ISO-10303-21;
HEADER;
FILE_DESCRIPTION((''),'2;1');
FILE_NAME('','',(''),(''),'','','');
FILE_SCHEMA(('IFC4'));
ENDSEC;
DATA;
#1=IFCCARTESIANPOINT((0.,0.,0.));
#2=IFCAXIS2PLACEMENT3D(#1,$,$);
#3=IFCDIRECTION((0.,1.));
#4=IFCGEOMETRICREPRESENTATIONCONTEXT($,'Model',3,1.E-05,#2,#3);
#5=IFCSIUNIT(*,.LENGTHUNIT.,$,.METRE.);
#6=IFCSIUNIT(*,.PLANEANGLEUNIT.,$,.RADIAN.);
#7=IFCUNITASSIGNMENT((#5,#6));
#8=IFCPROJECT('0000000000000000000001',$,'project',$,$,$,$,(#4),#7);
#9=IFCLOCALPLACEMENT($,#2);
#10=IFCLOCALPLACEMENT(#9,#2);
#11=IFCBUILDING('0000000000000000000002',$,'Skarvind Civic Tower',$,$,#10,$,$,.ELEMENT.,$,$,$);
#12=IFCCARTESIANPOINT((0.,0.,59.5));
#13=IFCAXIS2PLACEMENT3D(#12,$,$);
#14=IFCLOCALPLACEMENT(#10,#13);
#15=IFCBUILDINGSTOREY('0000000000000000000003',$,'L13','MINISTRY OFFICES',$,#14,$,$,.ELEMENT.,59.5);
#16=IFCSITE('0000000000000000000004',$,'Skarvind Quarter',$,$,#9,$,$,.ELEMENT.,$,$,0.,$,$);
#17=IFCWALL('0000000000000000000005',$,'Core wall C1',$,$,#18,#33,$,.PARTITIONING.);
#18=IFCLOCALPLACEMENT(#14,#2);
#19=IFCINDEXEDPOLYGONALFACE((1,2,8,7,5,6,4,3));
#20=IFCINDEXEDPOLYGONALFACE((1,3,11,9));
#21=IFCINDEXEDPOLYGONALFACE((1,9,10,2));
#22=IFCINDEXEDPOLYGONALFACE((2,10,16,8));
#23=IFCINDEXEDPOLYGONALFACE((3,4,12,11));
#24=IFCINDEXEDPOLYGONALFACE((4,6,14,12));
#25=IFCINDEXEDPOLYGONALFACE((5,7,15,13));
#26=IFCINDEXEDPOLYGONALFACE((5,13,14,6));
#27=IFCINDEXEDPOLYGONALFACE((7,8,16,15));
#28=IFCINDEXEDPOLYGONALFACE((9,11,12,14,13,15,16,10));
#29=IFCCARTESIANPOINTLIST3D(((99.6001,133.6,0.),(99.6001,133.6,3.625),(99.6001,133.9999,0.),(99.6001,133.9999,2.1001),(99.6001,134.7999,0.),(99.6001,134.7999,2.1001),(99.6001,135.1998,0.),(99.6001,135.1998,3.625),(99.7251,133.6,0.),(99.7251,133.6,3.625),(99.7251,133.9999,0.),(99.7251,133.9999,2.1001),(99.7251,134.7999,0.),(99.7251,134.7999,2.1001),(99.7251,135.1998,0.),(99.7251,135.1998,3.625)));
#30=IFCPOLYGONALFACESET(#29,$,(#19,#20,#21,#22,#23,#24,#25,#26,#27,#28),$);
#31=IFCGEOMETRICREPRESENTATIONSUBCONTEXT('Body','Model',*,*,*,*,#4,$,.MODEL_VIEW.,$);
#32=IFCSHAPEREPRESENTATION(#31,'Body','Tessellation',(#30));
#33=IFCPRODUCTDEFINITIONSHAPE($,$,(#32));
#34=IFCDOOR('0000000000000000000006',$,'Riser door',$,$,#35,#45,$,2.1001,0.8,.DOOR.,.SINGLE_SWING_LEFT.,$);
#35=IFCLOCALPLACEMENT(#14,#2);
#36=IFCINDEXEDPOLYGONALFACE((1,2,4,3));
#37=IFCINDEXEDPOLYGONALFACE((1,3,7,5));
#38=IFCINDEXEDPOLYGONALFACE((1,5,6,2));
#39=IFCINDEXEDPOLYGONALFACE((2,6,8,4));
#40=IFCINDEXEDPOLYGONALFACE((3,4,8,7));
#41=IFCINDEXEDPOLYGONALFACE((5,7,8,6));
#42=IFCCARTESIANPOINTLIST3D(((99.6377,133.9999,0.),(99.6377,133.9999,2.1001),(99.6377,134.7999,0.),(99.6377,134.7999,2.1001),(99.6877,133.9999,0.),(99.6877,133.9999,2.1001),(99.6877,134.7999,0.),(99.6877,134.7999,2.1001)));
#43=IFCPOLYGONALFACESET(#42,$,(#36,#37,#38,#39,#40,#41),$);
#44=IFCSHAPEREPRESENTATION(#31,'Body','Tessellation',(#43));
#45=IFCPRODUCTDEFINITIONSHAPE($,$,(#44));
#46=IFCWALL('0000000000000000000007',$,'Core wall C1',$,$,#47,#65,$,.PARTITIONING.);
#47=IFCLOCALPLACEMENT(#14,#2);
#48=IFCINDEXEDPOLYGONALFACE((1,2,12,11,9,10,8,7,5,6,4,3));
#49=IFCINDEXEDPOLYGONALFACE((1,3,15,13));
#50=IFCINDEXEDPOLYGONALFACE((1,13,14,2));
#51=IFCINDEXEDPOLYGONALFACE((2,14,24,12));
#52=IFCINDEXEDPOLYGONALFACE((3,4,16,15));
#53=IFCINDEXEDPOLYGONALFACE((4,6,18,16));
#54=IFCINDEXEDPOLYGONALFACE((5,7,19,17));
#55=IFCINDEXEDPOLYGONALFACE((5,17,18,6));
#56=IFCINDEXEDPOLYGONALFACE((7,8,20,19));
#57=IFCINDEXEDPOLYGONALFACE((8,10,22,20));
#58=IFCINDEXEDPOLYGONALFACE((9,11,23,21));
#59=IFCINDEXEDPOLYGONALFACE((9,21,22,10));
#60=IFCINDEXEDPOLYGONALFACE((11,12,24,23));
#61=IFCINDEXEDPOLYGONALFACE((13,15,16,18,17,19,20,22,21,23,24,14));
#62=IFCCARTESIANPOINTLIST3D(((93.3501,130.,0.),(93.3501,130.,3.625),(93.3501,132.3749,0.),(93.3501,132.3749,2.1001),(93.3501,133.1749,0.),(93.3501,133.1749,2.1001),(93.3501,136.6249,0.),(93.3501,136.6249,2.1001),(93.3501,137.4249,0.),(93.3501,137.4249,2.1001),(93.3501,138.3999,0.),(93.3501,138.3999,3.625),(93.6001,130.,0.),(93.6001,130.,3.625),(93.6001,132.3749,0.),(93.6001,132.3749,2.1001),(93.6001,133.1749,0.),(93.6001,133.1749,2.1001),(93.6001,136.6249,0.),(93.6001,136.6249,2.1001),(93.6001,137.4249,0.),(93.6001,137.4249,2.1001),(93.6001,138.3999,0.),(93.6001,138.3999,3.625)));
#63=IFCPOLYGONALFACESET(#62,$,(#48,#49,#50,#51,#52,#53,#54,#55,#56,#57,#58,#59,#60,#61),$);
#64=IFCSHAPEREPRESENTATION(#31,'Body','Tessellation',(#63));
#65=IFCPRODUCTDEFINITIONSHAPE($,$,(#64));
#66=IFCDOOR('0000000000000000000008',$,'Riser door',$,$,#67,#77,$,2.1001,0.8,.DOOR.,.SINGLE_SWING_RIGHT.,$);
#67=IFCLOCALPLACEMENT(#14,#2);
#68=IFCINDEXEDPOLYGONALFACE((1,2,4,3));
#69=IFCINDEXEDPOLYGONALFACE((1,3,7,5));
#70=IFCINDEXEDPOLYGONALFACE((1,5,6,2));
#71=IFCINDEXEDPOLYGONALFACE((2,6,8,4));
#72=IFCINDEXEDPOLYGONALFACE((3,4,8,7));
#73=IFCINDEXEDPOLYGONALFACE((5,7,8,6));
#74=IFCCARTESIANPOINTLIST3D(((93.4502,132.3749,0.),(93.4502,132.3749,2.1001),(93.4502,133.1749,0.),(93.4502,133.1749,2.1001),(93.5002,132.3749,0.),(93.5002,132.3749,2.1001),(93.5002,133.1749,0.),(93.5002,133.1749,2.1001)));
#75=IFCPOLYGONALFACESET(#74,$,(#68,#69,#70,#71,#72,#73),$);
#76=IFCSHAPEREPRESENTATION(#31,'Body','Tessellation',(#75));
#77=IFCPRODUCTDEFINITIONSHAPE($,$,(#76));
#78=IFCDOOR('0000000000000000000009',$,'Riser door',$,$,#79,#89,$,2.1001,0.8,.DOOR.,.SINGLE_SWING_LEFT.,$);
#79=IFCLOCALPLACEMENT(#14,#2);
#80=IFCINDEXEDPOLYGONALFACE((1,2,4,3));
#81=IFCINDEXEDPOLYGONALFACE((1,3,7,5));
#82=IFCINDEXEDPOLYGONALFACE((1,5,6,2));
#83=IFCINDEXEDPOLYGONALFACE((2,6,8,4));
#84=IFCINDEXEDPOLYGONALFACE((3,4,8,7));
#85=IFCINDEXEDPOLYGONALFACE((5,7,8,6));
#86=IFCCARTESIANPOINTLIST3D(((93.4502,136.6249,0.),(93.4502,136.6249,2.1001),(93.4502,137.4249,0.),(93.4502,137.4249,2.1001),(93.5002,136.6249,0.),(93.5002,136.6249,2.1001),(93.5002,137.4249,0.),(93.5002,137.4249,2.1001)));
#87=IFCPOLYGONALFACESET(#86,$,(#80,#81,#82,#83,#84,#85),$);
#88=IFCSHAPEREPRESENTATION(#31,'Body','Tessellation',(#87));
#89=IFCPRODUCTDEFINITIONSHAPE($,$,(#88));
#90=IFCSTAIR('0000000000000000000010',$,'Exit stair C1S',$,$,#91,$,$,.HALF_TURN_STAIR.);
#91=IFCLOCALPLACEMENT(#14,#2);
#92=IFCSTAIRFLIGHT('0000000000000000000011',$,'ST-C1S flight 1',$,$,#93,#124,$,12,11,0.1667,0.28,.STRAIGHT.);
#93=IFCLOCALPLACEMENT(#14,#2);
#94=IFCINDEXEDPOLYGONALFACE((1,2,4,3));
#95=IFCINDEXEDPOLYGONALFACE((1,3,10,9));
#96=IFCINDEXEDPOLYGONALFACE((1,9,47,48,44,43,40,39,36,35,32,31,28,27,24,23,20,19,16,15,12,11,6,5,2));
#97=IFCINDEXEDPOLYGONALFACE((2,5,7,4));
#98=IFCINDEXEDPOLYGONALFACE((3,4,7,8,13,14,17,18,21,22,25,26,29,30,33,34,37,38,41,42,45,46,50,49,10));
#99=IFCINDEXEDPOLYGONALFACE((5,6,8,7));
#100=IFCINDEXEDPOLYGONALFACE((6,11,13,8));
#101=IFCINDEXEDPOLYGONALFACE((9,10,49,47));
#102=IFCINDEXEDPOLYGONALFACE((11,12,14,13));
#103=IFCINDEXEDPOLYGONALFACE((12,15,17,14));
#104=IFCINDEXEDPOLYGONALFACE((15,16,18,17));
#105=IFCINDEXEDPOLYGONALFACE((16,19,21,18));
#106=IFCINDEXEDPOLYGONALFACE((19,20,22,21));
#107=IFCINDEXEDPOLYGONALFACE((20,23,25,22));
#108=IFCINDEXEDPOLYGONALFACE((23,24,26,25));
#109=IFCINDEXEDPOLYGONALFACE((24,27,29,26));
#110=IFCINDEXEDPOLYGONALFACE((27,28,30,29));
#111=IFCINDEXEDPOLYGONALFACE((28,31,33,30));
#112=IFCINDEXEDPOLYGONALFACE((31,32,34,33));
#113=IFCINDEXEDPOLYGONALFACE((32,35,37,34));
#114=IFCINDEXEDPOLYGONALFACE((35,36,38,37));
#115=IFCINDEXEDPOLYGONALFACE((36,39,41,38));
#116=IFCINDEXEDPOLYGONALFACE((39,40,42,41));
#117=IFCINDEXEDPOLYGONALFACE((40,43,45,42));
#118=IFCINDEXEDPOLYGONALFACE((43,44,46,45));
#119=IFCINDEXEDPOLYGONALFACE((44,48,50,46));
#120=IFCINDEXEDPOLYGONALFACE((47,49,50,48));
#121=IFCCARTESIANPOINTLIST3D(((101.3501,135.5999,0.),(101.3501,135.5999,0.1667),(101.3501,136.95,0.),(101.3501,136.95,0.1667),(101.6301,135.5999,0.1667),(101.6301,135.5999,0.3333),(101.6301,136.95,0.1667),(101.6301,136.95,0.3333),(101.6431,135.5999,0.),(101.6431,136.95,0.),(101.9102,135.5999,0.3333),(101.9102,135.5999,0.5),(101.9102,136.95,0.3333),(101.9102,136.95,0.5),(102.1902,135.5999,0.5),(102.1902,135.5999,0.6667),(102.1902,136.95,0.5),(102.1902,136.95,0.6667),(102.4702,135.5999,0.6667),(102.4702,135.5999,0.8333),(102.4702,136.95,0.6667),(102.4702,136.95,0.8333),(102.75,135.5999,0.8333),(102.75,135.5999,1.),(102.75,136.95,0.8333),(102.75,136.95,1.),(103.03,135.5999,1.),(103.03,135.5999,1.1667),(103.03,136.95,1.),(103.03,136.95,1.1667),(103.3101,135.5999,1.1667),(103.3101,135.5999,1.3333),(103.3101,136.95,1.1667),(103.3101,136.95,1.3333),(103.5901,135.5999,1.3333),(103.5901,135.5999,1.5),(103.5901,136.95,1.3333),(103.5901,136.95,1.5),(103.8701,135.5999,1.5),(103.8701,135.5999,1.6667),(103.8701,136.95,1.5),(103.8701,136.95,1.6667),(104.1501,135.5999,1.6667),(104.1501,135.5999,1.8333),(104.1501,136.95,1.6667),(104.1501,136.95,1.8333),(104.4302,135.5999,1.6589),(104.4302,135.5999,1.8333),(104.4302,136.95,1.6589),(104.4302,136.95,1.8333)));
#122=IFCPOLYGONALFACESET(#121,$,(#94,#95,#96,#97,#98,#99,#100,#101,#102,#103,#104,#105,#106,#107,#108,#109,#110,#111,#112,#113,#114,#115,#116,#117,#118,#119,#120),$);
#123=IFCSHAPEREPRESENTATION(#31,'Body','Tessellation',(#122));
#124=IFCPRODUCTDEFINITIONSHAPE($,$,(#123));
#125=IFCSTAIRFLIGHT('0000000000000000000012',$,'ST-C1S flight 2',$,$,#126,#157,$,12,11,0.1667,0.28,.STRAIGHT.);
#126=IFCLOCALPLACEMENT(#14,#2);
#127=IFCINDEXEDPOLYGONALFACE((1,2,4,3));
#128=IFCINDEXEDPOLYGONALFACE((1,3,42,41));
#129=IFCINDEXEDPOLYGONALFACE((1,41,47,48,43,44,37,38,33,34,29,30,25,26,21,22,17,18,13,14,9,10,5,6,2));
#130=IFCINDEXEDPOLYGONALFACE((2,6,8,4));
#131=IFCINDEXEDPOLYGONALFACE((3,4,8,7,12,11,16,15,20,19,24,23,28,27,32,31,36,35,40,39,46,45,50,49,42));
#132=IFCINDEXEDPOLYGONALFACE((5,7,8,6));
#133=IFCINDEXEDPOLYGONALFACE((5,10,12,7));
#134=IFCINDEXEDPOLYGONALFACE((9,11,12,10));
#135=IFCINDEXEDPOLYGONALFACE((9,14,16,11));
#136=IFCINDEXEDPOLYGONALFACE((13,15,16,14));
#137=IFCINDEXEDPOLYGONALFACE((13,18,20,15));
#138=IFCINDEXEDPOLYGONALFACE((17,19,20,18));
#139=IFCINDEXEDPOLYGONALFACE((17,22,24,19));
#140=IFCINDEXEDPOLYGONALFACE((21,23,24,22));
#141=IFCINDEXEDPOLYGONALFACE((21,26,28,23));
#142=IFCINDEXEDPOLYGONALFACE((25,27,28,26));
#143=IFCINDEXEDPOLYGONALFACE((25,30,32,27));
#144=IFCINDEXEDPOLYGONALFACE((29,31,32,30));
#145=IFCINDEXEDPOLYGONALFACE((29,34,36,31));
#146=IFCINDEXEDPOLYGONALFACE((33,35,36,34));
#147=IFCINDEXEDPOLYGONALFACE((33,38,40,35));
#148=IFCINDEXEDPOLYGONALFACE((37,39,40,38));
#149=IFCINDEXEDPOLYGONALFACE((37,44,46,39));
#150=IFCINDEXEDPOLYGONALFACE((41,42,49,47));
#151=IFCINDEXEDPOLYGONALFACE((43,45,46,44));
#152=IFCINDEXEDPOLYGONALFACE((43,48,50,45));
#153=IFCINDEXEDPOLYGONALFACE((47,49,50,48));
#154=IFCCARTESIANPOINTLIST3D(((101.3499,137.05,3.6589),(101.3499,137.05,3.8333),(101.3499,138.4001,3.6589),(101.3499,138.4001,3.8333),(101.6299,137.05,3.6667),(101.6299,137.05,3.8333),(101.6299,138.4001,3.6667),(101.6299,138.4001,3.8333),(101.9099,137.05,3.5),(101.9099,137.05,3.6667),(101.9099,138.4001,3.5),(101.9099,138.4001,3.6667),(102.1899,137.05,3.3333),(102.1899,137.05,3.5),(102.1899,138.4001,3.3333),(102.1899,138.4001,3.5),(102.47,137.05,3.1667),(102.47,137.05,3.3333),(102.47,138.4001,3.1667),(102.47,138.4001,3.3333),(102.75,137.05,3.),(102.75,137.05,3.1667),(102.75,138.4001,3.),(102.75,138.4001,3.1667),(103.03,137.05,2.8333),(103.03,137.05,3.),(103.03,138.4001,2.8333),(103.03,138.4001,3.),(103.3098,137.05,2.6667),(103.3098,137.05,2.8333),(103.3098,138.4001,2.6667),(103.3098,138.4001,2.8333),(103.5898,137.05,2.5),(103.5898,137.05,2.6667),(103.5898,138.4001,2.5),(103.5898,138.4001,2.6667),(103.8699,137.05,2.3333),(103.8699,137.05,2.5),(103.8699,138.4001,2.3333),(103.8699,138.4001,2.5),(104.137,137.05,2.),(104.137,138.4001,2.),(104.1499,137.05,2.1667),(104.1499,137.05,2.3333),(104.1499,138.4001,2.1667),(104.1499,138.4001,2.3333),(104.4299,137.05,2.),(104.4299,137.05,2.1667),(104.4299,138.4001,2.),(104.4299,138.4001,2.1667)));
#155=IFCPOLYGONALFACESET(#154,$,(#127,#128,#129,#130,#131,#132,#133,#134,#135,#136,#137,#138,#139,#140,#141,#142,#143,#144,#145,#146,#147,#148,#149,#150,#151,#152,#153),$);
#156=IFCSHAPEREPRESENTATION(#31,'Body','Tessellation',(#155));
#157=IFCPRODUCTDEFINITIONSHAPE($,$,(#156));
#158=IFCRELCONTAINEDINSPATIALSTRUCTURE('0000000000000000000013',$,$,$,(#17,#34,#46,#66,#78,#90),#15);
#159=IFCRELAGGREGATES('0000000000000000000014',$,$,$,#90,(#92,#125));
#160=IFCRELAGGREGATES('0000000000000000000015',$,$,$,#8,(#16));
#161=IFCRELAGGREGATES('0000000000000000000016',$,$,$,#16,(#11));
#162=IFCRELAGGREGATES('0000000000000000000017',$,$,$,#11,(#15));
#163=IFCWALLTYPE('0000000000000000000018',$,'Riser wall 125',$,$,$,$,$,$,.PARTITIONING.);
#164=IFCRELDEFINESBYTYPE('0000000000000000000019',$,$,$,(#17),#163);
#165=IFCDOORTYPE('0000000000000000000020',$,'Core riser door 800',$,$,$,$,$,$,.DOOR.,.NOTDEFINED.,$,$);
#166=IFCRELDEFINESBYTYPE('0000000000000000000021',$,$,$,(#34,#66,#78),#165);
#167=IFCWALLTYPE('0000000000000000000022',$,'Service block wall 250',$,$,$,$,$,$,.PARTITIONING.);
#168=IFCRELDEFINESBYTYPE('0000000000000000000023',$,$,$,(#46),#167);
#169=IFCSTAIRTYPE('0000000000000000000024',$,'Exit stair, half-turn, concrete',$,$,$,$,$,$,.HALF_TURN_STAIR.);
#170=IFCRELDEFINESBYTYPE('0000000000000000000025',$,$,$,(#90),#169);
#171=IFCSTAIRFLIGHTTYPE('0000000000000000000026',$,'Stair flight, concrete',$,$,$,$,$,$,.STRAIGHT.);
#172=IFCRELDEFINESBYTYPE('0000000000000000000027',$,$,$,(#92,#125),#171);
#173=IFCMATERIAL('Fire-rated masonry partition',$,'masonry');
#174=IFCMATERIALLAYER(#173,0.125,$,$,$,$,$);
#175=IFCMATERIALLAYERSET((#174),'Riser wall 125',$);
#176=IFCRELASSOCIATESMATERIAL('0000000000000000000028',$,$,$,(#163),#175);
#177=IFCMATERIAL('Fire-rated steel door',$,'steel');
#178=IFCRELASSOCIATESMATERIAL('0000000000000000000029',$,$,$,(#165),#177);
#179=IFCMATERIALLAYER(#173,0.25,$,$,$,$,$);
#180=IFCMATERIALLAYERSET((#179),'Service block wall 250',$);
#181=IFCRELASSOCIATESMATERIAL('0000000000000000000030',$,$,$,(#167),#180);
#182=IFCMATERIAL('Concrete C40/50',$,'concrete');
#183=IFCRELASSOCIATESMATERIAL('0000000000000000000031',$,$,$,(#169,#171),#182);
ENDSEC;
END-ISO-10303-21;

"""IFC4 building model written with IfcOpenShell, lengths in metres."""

from ifc_helpers import new_model, si_unit, direction, frame, frame_2d, origin, place, context, subcontext, project, spatial, polyline, rectangle, outline, extrude, material, layer, layer_set, type_object, element, fill, aggregate, save


model = new_model("IFC4")

# Units and contexts
model_context = context("Model", 3, precision=1e-05, world=origin(), true_north=direction((0.0, 1.0)))
body_context = subcontext(model_context, "Body", "Model", "MODEL_VIEW")
ifc_project = project(units=[si_unit("LENGTHUNIT", "METRE"), si_unit("PLANEANGLEUNIT", "RADIAN")], contexts=[model_context])

# Site, building, storey
site_placement = place(None, origin())
site = spatial("IfcSite", under=ifc_project, at=site_placement, Name="Skarvind Quarter", CompositionType="ELEMENT", RefElevation=0.0)
building_placement = place(site_placement, origin())
building = spatial("IfcBuilding", under=site, at=building_placement, Name="Skarvind Civic Tower", CompositionType="ELEMENT")
storey_placement = place(building_placement, frame((0.0, 0.0, 59.5)))
storey = spatial("IfcBuildingStorey", under=building, at=storey_placement, Name="L13", Description="MINISTRY OFFICES", CompositionType="ELEMENT", Elevation=59.5)

# Shared definitions
ifc_material_1 = material(Name="Fire-rated masonry partition", Category="masonry")
ifc_material_2 = material(Name="Fire-rated steel door", Category="steel")

# Wall, opening, door
ifc_layer_1 = layer(ifc_material_1, 0.125)
ifc_layer_set_1 = layer_set([ifc_layer_1], Name="Riser wall 125")
wall_type_1 = type_object("IfcWallType", Name="Riser wall 125", PredefinedType="PARTITIONING", material=ifc_layer_set_1)
wall_1_placement = place(storey_placement, frame((99.6626, 133.6001, 0.0), z_axis=(0.0, 0.0, 1.0), x_axis=(0.0, 1.0, 0.0)))
wall_1 = element("IfcWall", 1, at=wall_1_placement, inside=storey, type_object=wall_type_1, Name="Core wall C1", PredefinedType="PARTITIONING", context=body_context, shape_type="SweptSolid", body=[
    extrude(rectangle(XDim=1.5999, YDim=0.125, at=frame_2d((0.7998, 0.0))), origin(), (0.0, 0.0, 1.0), 3.625),
])
opening_1_placement = place(wall_1_placement, frame((0.3999, 0.0, 0.0)))
opening_1 = element("IfcOpeningElement", 2, at=opening_1_placement, cuts=wall_1, PredefinedType="OPENING", context=body_context, shape_type="SweptSolid", body=[
    extrude(rectangle(XDim=0.8, YDim=2.1001, at=frame_2d((0.3999, 1.05))), frame((0.0, 0.0725, 0.0), z_axis=(0.0, -1.0, 0.0), x_axis=(1.0, 0.0, 0.0)), (0.0, 0.0, 1.0), 0.145),
])
door_type_1 = type_object("IfcDoorType", Name="Core riser door 800", OperationType="NOTDEFINED", PredefinedType="DOOR", material=ifc_material_2)
door_1_placement = place(opening_1_placement, origin())
door_1 = element("IfcDoor", 3, at=door_1_placement, inside=storey, type_object=door_type_1, Name="Riser door", OperationType="SINGLE_SWING_LEFT", OverallHeight=2.1001, OverallWidth=0.8, PredefinedType="DOOR", context=body_context, shape_type="SweptSolid", body=[
    extrude(rectangle(XDim=0.8, YDim=2.1001, at=frame_2d((0.3999, 1.05))), frame((0.0, 0.0249, 0.0), z_axis=(0.0, -1.0, 0.0), x_axis=(1.0, 0.0, 0.0)), (0.0, 0.0, 1.0), 0.05),
])
fill(opening_1, door_1)

# Wall, openings, doors
ifc_layer_2 = layer(ifc_material_1, 0.25)
ifc_layer_set_2 = layer_set([ifc_layer_2], Name="Service block wall 250")
wall_type_2 = type_object("IfcWallType", Name="Service block wall 250", PredefinedType="PARTITIONING", material=ifc_layer_set_2)
wall_2_placement = place(storey_placement, frame((93.4751, 130.0, 0.0), z_axis=(0.0, 0.0, 1.0), x_axis=(0.0, 1.0, 0.0)))
wall_2 = element("IfcWall", 4, at=wall_2_placement, inside=storey, type_object=wall_type_2, Name="Core wall C1", PredefinedType="PARTITIONING", context=body_context, shape_type="SweptSolid", body=[
    extrude(rectangle(XDim=8.3999, YDim=0.25, at=frame_2d((4.2, 0.0))), origin(), (0.0, 0.0, 1.0), 3.625),
])
opening_2_placement = place(wall_2_placement, frame((2.375, 0.0, 0.0)))
opening_2 = element("IfcOpeningElement", 5, at=opening_2_placement, cuts=wall_2, PredefinedType="OPENING", context=body_context, shape_type="SweptSolid", body=[
    extrude(rectangle(XDim=0.8, YDim=2.1001, at=frame_2d((0.3999, 1.05))), frame((0.0, 0.135, 0.0), z_axis=(0.0, -1.0, 0.0), x_axis=(1.0, 0.0, 0.0)), (0.0, 0.0, 1.0), 0.27),
])
opening_3_placement = place(wall_2_placement, frame((6.625, 0.0, 0.0)))
opening_3 = element("IfcOpeningElement", 6, at=opening_3_placement, cuts=wall_2, PredefinedType="OPENING", context=body_context, shape_type="SweptSolid", body=[
    extrude(rectangle(XDim=0.8, YDim=2.1001, at=frame_2d((0.3999, 1.05))), frame((0.0, 0.135, 0.0), z_axis=(0.0, -1.0, 0.0), x_axis=(1.0, 0.0, 0.0)), (0.0, 0.0, 1.0), 0.27),
])
door_2_placement = place(opening_2_placement, origin())
door_2 = element("IfcDoor", 7, at=door_2_placement, inside=storey, type_object=door_type_1, Name="Riser door", OperationType="SINGLE_SWING_RIGHT", OverallHeight=2.1001, OverallWidth=0.8, PredefinedType="DOOR", context=body_context, shape_type="SweptSolid", body=[
    extrude(rectangle(XDim=0.8, YDim=2.1001, at=frame_2d((0.3999, 1.05))), frame((0.0, 0.0249, 0.0), z_axis=(0.0, -1.0, 0.0), x_axis=(1.0, 0.0, 0.0)), (0.0, 0.0, 1.0), 0.05),
])
fill(opening_2, door_2)
door_3_placement = place(opening_3_placement, origin())
door_3 = element("IfcDoor", 8, at=door_3_placement, inside=storey, type_object=door_type_1, Name="Riser door", OperationType="SINGLE_SWING_LEFT", OverallHeight=2.1001, OverallWidth=0.8, PredefinedType="DOOR", context=body_context, shape_type="SweptSolid", body=[
    extrude(rectangle(XDim=0.8, YDim=2.1001, at=frame_2d((0.3999, 1.05))), frame((0.0, 0.0249, 0.0), z_axis=(0.0, -1.0, 0.0), x_axis=(1.0, 0.0, 0.0)), (0.0, 0.0, 1.0), 0.05),
])
fill(opening_3, door_3)

# Stair, stair flights
ifc_material_3 = material(Name="Concrete C40/50", Category="concrete")
stair_type = type_object("IfcStairType", Name="Exit stair, half-turn, concrete", PredefinedType="HALF_TURN_STAIR", material=ifc_material_3)
stair_placement = place(storey_placement, origin())
stair = element("IfcStair", 9, at=stair_placement, inside=storey, type_object=stair_type, Name="Exit stair C1S", PredefinedType="HALF_TURN_STAIR")
stair_flight_type = type_object("IfcStairFlightType", Name="Stair flight, concrete", PredefinedType="STRAIGHT", material=ifc_material_3)
stair_flight_1_placement = place(storey_placement, frame((101.3501, 136.2749, 0.0), z_axis=(0.0, 0.0, 1.0), x_axis=(1.0, 0.0, 0.0)))
stair_flight_1 = element("IfcStairFlight", 10, at=stair_flight_1_placement, type_object=stair_flight_type, Name="ST-C1S flight 1", NumberOfRisers=12, NumberOfTreads=11, PredefinedType="STRAIGHT", RiserHeight=0.1667, TreadLength=0.28, context=body_context, shape_type="SweptSolid", body=[
    extrude(outline(polyline([(0.0, 0.0), (0.0, 0.1667), (0.28, 0.1667), (0.28, 0.3333), (0.5601, 0.3333), (0.5601, 0.5), (0.8401, 0.5), (0.8401, 0.6667), (1.1201, 0.6667), (1.1201, 0.8333), (1.3999, 0.8333), (1.3999, 1.0), (1.6799, 1.0), (1.6799, 1.1667), (1.96, 1.1667), (1.96, 1.3333), (2.24, 1.3333), (2.24, 1.5), (2.52, 1.5), (2.52, 1.6667), (2.8, 1.6667), (2.8, 1.8333), (3.0801, 1.8333), (3.0801, 2.0), (3.0801, 1.6589), (0.293, 0.0), (0.0, 0.0)])), frame((0.0, 0.675, 0.0), z_axis=(0.0, -1.0, 0.0), x_axis=(1.0, 0.0, 0.0)), (0.0, 0.0, 1.0), 1.3501),
])
stair_flight_2_placement = place(storey_placement, frame((104.4299, 137.7251, 2.0), z_axis=(0.0, 0.0, 1.0), x_axis=(-1.0, 0.0, 0.0)))
stair_flight_2 = element("IfcStairFlight", 11, at=stair_flight_2_placement, type_object=stair_flight_type, Name="ST-C1S flight 2", NumberOfRisers=12, NumberOfTreads=11, PredefinedType="STRAIGHT", RiserHeight=0.1667, TreadLength=0.28, context=body_context, shape_type="SweptSolid", body=[
    extrude(outline(polyline([(0.0, 0.0), (0.0, 0.1667), (0.28, 0.1667), (0.28, 0.3333), (0.5601, 0.3333), (0.5601, 0.5), (0.8401, 0.5), (0.8401, 0.6667), (1.1201, 0.6667), (1.1201, 0.8333), (1.3999, 0.8333), (1.3999, 1.0), (1.6799, 1.0), (1.6799, 1.1667), (1.96, 1.1667), (1.96, 1.3333), (2.24, 1.3333), (2.24, 1.5), (2.52, 1.5), (2.52, 1.6667), (2.8, 1.6667), (2.8, 1.8333), (3.0801, 1.8333), (3.0801, 2.0), (3.0801, 1.6589), (0.293, 0.0), (0.0, 0.0)])), frame((0.0, 0.675, 0.0), z_axis=(0.0, -1.0, 0.0), x_axis=(1.0, 0.0, 0.0)), (0.0, 0.0, 1.0), 1.3501),
])
aggregate(stair, [stair_flight_1, stair_flight_2])

save(model, "model.ifc")
